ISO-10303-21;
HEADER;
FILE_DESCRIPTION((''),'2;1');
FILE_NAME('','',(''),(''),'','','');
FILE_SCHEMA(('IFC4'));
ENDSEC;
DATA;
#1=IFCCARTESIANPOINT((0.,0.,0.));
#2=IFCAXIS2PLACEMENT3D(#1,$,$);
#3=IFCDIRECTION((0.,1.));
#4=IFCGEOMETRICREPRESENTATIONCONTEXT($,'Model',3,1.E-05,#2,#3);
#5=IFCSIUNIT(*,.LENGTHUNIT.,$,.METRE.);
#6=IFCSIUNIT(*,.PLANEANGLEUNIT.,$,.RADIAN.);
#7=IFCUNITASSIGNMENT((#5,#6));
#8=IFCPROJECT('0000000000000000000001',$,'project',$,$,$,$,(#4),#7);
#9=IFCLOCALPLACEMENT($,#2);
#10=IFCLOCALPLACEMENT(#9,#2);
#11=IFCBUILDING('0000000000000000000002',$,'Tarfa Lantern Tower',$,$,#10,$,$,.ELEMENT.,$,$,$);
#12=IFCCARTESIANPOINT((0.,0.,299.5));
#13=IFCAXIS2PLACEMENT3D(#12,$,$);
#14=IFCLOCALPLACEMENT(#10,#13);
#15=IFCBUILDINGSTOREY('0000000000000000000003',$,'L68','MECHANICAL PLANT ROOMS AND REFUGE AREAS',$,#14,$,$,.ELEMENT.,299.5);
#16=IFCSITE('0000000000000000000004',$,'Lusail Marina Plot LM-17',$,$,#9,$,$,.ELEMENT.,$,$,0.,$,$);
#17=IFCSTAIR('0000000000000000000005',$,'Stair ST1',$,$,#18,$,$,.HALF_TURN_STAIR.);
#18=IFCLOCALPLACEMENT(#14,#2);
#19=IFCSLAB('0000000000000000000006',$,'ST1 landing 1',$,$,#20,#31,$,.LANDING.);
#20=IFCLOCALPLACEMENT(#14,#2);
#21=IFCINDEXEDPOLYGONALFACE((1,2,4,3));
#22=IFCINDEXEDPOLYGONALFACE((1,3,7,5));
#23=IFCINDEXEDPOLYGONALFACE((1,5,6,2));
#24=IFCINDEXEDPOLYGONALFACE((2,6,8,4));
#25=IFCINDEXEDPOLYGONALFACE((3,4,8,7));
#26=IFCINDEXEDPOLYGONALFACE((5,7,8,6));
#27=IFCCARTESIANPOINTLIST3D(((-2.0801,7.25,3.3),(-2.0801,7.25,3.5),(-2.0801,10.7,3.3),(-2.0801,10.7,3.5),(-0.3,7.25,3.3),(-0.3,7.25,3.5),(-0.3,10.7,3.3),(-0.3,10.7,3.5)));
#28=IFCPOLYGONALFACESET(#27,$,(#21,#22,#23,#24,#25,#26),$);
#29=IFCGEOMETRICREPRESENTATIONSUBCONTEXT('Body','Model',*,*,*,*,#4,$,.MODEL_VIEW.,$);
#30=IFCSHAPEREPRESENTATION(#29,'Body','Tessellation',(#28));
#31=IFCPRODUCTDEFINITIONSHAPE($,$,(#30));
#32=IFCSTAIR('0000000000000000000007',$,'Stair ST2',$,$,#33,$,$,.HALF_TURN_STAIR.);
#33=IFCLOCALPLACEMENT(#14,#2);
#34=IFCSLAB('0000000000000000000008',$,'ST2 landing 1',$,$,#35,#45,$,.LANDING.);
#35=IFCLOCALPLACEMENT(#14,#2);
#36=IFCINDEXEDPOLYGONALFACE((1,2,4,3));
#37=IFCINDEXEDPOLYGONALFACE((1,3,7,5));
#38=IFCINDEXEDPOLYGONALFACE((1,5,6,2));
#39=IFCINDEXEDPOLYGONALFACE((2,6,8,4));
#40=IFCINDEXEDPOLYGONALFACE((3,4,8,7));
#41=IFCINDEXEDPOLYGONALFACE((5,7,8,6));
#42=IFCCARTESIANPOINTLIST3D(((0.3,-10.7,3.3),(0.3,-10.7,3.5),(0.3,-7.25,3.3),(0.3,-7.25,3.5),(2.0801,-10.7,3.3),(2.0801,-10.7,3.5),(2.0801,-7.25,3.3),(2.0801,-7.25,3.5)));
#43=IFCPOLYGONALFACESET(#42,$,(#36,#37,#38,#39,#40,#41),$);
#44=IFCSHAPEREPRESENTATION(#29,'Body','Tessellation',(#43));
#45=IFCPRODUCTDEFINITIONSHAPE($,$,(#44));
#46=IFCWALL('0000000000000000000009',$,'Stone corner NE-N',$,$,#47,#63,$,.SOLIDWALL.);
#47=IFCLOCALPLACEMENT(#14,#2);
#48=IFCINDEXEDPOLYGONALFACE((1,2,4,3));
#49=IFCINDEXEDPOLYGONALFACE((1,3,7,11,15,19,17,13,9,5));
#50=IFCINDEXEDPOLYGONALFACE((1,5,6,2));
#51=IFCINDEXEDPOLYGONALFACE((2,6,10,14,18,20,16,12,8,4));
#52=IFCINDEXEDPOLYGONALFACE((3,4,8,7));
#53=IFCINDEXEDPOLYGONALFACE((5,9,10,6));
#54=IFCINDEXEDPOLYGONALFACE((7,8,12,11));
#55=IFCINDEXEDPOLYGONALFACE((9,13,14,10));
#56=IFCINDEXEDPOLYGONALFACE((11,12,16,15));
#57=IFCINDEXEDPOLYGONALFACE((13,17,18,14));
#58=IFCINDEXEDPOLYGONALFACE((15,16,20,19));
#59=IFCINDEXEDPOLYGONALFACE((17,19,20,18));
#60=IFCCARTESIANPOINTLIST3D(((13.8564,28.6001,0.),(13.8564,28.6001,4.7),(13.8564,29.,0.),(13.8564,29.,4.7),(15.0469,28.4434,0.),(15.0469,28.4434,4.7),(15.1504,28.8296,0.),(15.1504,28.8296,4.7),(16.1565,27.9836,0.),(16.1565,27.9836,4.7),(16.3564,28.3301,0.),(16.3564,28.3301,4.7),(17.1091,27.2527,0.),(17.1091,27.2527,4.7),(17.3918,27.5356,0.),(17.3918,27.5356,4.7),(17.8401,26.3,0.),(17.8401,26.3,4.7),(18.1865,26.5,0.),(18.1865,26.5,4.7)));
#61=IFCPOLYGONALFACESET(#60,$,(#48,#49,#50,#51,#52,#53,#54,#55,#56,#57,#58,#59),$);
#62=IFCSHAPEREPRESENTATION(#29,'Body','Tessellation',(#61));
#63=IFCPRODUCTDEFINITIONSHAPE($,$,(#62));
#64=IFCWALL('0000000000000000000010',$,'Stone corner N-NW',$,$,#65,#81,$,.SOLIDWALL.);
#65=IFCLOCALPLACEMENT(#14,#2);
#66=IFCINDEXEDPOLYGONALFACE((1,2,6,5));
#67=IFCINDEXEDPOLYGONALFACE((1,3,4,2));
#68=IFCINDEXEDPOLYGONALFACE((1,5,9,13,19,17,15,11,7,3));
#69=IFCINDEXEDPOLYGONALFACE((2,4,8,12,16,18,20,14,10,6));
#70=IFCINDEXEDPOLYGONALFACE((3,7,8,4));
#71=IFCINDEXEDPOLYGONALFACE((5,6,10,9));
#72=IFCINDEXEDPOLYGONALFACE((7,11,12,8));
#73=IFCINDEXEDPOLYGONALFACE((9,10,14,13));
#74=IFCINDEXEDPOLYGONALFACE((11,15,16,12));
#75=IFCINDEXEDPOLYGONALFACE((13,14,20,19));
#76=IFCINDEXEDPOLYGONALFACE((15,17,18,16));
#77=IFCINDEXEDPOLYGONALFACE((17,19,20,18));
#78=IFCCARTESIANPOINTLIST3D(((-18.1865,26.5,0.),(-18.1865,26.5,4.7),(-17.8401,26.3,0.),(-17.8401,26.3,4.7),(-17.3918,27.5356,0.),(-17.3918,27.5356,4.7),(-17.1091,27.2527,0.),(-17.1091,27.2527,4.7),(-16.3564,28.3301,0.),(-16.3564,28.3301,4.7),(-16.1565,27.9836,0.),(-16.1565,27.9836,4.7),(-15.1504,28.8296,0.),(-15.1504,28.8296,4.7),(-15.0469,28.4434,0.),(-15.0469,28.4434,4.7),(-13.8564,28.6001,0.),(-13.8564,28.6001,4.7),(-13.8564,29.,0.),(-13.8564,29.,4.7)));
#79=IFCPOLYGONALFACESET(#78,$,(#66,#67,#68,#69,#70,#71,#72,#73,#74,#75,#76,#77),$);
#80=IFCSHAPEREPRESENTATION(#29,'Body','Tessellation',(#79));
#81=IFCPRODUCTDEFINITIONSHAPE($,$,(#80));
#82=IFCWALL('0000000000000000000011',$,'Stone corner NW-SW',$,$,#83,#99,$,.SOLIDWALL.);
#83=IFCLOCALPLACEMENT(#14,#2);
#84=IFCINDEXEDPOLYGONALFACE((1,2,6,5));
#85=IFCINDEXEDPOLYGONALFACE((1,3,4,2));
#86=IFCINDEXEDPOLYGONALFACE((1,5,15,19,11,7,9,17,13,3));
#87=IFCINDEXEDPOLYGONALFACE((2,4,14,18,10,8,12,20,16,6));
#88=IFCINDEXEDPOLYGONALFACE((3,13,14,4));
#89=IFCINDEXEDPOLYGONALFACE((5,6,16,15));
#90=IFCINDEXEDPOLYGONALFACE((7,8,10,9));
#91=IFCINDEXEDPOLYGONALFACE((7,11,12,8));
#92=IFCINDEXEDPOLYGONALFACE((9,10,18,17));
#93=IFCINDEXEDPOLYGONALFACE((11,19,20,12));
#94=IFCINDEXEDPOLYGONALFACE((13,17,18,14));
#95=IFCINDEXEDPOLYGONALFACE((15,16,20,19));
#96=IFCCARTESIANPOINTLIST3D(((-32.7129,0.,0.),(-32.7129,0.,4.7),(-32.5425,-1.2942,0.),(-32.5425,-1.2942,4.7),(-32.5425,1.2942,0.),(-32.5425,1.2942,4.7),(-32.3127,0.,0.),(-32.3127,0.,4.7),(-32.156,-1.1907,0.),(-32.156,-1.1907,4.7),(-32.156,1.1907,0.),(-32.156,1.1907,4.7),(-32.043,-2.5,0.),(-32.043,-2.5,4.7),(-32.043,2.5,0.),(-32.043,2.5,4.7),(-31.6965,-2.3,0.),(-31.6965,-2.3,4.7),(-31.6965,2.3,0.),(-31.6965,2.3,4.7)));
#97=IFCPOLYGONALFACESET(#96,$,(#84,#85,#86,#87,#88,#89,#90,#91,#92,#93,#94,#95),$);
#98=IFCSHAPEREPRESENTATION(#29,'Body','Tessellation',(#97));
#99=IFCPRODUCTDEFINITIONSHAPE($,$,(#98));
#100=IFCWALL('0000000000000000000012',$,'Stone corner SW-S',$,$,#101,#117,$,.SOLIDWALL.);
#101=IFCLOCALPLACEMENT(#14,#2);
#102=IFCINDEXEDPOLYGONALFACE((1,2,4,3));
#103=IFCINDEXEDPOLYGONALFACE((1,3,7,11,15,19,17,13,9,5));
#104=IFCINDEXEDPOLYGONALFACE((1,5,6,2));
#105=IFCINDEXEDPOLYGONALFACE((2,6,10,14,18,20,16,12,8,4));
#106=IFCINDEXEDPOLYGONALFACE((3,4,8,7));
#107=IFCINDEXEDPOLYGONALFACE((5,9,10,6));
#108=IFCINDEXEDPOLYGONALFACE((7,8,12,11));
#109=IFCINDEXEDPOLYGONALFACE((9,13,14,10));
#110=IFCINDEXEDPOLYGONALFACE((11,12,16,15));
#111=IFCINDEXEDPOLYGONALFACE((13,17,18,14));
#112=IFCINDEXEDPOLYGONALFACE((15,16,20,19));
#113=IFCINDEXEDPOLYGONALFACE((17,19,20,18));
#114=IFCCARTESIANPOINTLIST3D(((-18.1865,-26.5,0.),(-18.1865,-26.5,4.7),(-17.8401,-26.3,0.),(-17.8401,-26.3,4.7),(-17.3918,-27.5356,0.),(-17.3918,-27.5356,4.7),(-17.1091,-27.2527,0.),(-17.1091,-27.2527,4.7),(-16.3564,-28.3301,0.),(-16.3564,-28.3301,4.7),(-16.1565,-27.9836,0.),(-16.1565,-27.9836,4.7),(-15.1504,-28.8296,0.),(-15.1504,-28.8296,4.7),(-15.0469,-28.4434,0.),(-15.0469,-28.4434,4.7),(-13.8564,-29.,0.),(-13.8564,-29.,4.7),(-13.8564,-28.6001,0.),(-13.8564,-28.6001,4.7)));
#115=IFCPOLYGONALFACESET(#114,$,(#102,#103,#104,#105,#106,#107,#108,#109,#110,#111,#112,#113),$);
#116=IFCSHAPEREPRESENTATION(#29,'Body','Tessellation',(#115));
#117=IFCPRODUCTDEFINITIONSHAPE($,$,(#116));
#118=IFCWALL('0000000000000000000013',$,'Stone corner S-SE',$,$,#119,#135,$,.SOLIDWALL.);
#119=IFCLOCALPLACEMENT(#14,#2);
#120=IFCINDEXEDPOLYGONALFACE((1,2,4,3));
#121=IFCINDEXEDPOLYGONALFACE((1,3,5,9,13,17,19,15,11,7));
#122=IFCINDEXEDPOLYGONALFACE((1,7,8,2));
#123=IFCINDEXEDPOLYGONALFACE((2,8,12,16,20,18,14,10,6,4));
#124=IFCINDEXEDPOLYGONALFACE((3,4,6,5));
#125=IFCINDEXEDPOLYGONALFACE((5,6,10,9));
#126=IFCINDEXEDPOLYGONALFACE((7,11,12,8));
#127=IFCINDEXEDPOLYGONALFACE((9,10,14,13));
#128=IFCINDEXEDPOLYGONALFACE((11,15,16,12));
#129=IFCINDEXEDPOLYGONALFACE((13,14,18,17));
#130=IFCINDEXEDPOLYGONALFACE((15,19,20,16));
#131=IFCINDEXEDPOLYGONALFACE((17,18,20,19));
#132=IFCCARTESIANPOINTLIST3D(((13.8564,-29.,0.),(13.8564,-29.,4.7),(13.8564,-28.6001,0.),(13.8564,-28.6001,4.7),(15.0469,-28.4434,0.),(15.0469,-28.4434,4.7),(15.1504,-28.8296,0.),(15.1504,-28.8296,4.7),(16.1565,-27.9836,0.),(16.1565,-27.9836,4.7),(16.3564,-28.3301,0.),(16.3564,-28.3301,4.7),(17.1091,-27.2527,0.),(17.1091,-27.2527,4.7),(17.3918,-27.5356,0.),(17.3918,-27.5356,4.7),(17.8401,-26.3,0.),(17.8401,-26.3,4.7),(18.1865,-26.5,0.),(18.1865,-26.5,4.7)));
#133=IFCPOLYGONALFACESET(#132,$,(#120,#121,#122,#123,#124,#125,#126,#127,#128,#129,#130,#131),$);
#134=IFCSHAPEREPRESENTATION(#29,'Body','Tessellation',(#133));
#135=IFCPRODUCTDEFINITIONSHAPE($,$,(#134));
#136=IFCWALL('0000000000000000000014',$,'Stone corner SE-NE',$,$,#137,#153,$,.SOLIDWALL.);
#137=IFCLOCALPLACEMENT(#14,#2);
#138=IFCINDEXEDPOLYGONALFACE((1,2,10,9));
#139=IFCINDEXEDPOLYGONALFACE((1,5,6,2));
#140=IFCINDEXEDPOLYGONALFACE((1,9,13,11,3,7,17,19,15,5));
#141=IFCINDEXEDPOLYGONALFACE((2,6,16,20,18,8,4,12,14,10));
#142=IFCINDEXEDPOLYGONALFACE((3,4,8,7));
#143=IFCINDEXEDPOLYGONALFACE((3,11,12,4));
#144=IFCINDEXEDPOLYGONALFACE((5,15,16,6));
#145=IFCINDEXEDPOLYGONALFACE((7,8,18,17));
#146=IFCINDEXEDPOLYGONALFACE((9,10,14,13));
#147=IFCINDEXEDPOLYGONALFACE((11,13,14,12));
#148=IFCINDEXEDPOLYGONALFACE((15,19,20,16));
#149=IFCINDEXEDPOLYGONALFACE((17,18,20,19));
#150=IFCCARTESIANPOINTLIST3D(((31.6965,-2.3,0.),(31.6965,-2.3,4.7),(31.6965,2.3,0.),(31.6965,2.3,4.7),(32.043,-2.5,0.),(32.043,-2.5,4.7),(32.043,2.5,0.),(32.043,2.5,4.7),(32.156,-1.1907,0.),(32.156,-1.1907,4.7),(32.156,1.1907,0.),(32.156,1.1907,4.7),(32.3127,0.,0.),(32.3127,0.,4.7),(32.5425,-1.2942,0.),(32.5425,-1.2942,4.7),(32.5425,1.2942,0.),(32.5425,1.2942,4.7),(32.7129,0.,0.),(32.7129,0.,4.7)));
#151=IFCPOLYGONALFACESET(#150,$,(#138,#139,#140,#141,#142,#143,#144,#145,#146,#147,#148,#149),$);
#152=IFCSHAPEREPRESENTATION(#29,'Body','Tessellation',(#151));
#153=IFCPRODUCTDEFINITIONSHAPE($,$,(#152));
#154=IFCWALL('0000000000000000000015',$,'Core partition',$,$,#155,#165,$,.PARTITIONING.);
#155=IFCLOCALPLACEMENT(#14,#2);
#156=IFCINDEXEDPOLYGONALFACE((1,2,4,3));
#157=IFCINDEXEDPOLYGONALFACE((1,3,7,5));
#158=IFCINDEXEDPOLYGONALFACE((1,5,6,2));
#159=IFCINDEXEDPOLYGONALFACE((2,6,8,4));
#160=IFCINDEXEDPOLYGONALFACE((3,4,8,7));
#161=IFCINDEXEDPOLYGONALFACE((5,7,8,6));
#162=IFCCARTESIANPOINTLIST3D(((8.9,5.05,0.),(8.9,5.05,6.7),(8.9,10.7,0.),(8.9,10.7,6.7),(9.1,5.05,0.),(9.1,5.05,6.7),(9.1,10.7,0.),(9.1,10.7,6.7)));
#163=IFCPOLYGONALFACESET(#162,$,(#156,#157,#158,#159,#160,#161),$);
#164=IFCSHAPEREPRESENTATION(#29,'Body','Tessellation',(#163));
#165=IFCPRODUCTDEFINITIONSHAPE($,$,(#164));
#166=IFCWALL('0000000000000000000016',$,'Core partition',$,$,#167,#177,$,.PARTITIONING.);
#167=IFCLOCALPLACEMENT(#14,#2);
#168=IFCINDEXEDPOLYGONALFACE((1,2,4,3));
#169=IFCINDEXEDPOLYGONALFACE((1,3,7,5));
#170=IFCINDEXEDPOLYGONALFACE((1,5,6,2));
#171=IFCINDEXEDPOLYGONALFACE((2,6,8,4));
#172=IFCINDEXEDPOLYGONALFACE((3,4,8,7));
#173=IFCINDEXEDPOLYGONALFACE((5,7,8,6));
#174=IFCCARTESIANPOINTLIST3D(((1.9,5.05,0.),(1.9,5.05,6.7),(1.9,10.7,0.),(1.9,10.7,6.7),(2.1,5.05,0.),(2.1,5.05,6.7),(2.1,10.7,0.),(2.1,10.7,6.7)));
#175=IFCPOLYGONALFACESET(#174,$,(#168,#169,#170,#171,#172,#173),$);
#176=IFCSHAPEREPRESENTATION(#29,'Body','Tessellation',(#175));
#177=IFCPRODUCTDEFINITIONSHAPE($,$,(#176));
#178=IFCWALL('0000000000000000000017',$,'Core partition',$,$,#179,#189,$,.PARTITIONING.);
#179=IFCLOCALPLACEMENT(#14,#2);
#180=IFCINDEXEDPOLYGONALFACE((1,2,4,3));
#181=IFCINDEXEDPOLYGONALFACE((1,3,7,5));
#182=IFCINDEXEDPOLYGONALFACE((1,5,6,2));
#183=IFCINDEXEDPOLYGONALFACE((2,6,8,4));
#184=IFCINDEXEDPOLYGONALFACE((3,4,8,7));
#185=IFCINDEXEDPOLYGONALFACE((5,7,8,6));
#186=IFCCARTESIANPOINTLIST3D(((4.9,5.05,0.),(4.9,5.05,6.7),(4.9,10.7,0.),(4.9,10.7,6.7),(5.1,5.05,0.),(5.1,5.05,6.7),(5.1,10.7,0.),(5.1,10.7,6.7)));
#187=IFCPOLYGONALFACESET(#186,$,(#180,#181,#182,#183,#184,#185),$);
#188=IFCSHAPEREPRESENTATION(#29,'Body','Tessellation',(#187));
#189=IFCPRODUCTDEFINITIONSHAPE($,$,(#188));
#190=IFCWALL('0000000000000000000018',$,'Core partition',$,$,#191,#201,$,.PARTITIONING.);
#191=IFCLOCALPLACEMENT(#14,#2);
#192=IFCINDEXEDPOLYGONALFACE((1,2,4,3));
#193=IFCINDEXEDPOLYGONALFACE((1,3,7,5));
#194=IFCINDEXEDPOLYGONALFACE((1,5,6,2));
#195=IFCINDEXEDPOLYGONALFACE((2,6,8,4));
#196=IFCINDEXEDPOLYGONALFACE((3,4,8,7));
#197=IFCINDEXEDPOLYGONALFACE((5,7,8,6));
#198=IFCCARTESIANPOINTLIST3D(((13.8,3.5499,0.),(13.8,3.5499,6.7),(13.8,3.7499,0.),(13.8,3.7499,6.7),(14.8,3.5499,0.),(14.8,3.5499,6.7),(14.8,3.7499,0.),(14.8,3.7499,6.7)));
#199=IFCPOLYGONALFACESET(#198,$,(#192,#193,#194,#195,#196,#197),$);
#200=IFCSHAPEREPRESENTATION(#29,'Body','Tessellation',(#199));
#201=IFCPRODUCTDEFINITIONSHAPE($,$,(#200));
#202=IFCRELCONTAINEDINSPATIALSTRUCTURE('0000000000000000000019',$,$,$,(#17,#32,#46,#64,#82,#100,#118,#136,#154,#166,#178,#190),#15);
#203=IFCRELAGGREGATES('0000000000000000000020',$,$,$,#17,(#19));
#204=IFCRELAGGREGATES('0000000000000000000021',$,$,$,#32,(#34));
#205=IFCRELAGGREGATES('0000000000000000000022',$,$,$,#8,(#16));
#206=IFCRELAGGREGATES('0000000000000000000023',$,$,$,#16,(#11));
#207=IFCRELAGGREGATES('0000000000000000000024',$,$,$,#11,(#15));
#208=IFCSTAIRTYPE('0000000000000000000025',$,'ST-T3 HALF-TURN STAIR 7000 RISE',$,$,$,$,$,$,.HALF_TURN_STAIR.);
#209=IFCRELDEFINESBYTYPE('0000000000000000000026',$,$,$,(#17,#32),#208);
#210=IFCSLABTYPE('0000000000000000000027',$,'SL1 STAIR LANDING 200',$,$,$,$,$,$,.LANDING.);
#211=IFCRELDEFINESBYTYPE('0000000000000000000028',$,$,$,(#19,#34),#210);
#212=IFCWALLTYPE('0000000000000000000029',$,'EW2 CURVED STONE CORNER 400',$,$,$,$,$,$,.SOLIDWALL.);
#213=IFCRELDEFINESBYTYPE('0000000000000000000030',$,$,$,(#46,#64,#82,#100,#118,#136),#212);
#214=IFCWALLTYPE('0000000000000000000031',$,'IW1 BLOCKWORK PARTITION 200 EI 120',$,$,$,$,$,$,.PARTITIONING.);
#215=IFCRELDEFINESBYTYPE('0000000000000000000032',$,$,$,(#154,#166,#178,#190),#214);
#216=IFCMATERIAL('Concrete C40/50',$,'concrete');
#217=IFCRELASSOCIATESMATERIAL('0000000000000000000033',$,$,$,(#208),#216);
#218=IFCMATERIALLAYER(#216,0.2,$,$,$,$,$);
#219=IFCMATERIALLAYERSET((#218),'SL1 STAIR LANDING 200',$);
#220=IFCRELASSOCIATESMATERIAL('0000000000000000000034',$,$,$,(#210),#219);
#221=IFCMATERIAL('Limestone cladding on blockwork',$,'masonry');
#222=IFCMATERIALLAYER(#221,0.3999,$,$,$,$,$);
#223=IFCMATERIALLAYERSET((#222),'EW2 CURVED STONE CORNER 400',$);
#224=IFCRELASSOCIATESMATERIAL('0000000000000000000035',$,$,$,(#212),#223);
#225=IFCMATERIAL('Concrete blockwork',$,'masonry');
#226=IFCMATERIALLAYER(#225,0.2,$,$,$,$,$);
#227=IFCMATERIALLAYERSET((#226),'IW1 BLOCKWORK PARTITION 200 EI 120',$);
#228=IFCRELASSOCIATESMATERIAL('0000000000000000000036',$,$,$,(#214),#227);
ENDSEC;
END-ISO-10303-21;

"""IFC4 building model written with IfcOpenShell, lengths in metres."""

from ifc_helpers import new_model, si_unit, direction, frame, frame_2d, origin, place, context, subcontext, project, spatial, polyline, rectangle, outline, extrude, material, layer, layer_set, type_object, element, aggregate, save


model = new_model("IFC4")

# Units and contexts
model_context = context("Model", 3, precision=1e-05, world=origin(), true_north=direction((0.0, 1.0)))
body_context = subcontext(model_context, "Body", "Model", "MODEL_VIEW")
ifc_project = project(units=[si_unit("LENGTHUNIT", "METRE"), si_unit("PLANEANGLEUNIT", "RADIAN")], contexts=[model_context])

# Site, building, storey
site_placement = place(None, origin())
site = spatial("IfcSite", under=ifc_project, at=site_placement, Name="Lusail Marina Plot LM-17", CompositionType="ELEMENT", RefElevation=0.0)
building_placement = place(site_placement, origin())
building = spatial("IfcBuilding", under=site, at=building_placement, Name="Tarfa Lantern Tower", CompositionType="ELEMENT")
storey_placement = place(building_placement, frame((0.0, 0.0, 299.5)))
storey = spatial("IfcBuildingStorey", under=building, at=storey_placement, Name="L68", Description="MECHANICAL PLANT ROOMS AND REFUGE AREAS", CompositionType="ELEMENT", Elevation=299.5)

# Shared definitions
ifc_material_1 = material(Name="Concrete C40/50", Category="concrete")

# Stairs, slabs
stair_type = type_object("IfcStairType", Name="ST-T3 HALF-TURN STAIR 7000 RISE", PredefinedType="HALF_TURN_STAIR", material=ifc_material_1)
stair_1_placement = place(storey_placement, origin())
stair_1 = element("IfcStair", 1, at=stair_1_placement, inside=storey, type_object=stair_type, Name="Stair ST1", PredefinedType="HALF_TURN_STAIR")
ifc_layer_1 = layer(ifc_material_1, 0.2)
ifc_layer_set_1 = layer_set([ifc_layer_1], Name="SL1 STAIR LANDING 200")
slab_type_1 = type_object("IfcSlabType", Name="SL1 STAIR LANDING 200", PredefinedType="LANDING", material=ifc_layer_set_1)
slab_1_placement = place(storey_placement, frame((0.0, 0.0, 3.3)))
slab_1 = element("IfcSlab", 2, at=slab_1_placement, type_object=slab_type_1, Name="ST1 landing 1", PredefinedType="LANDING", context=body_context, shape_type="SweptSolid", body=[
    extrude(outline(polyline([(-2.0801, 7.25), (-0.3, 7.25), (-0.3, 10.7), (-2.0801, 10.7), (-2.0801, 7.25)])), origin(), (0.0, 0.0, 1.0), 0.2),
])
aggregate(stair_1, [slab_1])
stair_2_placement = place(storey_placement, origin())
stair_2 = element("IfcStair", 3, at=stair_2_placement, inside=storey, type_object=stair_type, Name="Stair ST2", PredefinedType="HALF_TURN_STAIR")
slab_2_placement = place(storey_placement, frame((0.0, 0.0, 3.3)))
slab_2 = element("IfcSlab", 4, at=slab_2_placement, type_object=slab_type_1, Name="ST2 landing 1", PredefinedType="LANDING", context=body_context, shape_type="SweptSolid", body=[
    extrude(outline(polyline([(2.0801, -7.25), (0.3, -7.25), (0.3, -10.7), (2.0801, -10.7), (2.0801, -7.25)])), origin(), (0.0, 0.0, 1.0), 0.2),
])
aggregate(stair_2, [slab_2])

# Walls
ifc_material_2 = material(Name="Limestone cladding on blockwork", Category="masonry")
ifc_layer_2 = layer(ifc_material_2, 0.3999)
ifc_layer_set_2 = layer_set([ifc_layer_2], Name="EW2 CURVED STONE CORNER 400")
wall_type_1 = type_object("IfcWallType", Name="EW2 CURVED STONE CORNER 400", PredefinedType="SOLIDWALL", material=ifc_layer_set_2)
wall_1_placement = place(storey_placement, origin())
element("IfcWall", 5, at=wall_1_placement, inside=storey, type_object=wall_type_1, Name="Stone corner NE-N", PredefinedType="SOLIDWALL", context=body_context, shape_type="SweptSolid", body=[
    extrude(outline(polyline([(18.1865, 26.5), (17.3918, 27.5356), (16.3564, 28.3301), (15.1504, 28.8296), (13.8564, 29.0), (13.8564, 28.6001), (15.0469, 28.4434), (16.1565, 27.9836), (17.1091, 27.2527), (17.8401, 26.3), (18.1865, 26.5)])), origin(), (0.0, 0.0, 1.0), 4.7),
])
wall_2_placement = place(storey_placement, origin())
element("IfcWall", 6, at=wall_2_placement, inside=storey, type_object=wall_type_1, Name="Stone corner N-NW", PredefinedType="SOLIDWALL", context=body_context, shape_type="SweptSolid", body=[
    extrude(outline(polyline([(-13.8564, 29.0), (-15.1504, 28.8296), (-16.3564, 28.3301), (-17.3918, 27.5356), (-18.1865, 26.5), (-17.8401, 26.3), (-17.1091, 27.2527), (-16.1565, 27.9836), (-15.0469, 28.4434), (-13.8564, 28.6001), (-13.8564, 29.0)])), origin(), (0.0, 0.0, 1.0), 4.7),
])
wall_3_placement = place(storey_placement, origin())
element("IfcWall", 7, at=wall_3_placement, inside=storey, type_object=wall_type_1, Name="Stone corner NW-SW", PredefinedType="SOLIDWALL", context=body_context, shape_type="SweptSolid", body=[
    extrude(outline(polyline([(-32.043, 2.5), (-32.5425, 1.2942), (-32.7129, 0.0), (-32.5425, -1.2942), (-32.043, -2.5), (-31.6965, -2.3), (-32.156, -1.1907), (-32.3127, 0.0), (-32.156, 1.1907), (-31.6965, 2.3), (-32.043, 2.5)])), origin(), (0.0, 0.0, 1.0), 4.7),
])
wall_4_placement = place(storey_placement, origin())
element("IfcWall", 8, at=wall_4_placement, inside=storey, type_object=wall_type_1, Name="Stone corner SW-S", PredefinedType="SOLIDWALL", context=body_context, shape_type="SweptSolid", body=[
    extrude(outline(polyline([(-18.1865, -26.5), (-17.3918, -27.5356), (-16.3564, -28.3301), (-15.1504, -28.8296), (-13.8564, -29.0), (-13.8564, -28.6001), (-15.0469, -28.4434), (-16.1565, -27.9836), (-17.1091, -27.2527), (-17.8401, -26.3), (-18.1865, -26.5)])), origin(), (0.0, 0.0, 1.0), 4.7),
])
wall_5_placement = place(storey_placement, origin())
element("IfcWall", 9, at=wall_5_placement, inside=storey, type_object=wall_type_1, Name="Stone corner S-SE", PredefinedType="SOLIDWALL", context=body_context, shape_type="SweptSolid", body=[
    extrude(outline(polyline([(13.8564, -29.0), (15.1504, -28.8296), (16.3564, -28.3301), (17.3918, -27.5356), (18.1865, -26.5), (17.8401, -26.3), (17.1091, -27.2527), (16.1565, -27.9836), (15.0469, -28.4434), (13.8564, -28.6001), (13.8564, -29.0)])), origin(), (0.0, 0.0, 1.0), 4.7),
])
wall_6_placement = place(storey_placement, origin())
element("IfcWall", 10, at=wall_6_placement, inside=storey, type_object=wall_type_1, Name="Stone corner SE-NE", PredefinedType="SOLIDWALL", context=body_context, shape_type="SweptSolid", body=[
    extrude(outline(polyline([(32.043, -2.5), (32.5425, -1.2942), (32.7129, 0.0), (32.5425, 1.2942), (32.043, 2.5), (31.6965, 2.3), (32.156, 1.1907), (32.3127, 0.0), (32.156, -1.1907), (31.6965, -2.3), (32.043, -2.5)])), origin(), (0.0, 0.0, 1.0), 4.7),
])
ifc_material_3 = material(Name="Concrete blockwork", Category="masonry")
ifc_layer_3 = layer(ifc_material_3, 0.2)
ifc_layer_set_3 = layer_set([ifc_layer_3], Name="IW1 BLOCKWORK PARTITION 200 EI 120")
wall_type_2 = type_object("IfcWallType", Name="IW1 BLOCKWORK PARTITION 200 EI 120", PredefinedType="PARTITIONING", material=ifc_layer_set_3)
for number, where, z_axis, x_axis, name in (
    (11, (9.0, 5.05, 0.0), (0.0, 0.0, 1.0), (0.0, 1.0, 0.0), "Core partition"),
    (12, (2.0, 5.05, 0.0), (0.0, 0.0, 1.0), (0.0, 1.0, 0.0), "Core partition"),
    (13, (5.0, 5.05, 0.0), (0.0, 0.0, 1.0), (0.0, 1.0, 0.0), "Core partition"),
):
    element("IfcWall", number, at=place(storey_placement, frame(where, z_axis=z_axis, x_axis=x_axis)), inside=storey, type_object=wall_type_2, Name=name, PredefinedType="PARTITIONING", context=body_context, shape_type="SweptSolid", body=[
        extrude(rectangle(XDim=5.6499, YDim=0.2, at=frame_2d((2.825, 0.0))), origin(), (0.0, 0.0, 1.0), 6.7),
    ])
for number, where, z_axis, x_axis, name in (
    (14, (13.8, 3.6499, 0.0), (0.0, 0.0, 1.0), (1.0, 0.0, 0.0), "Core partition"),
):
    element("IfcWall", number, at=place(storey_placement, frame(where, z_axis=z_axis, x_axis=x_axis)), inside=storey, type_object=wall_type_2, Name=name, PredefinedType="PARTITIONING", context=body_context, shape_type="SweptSolid", body=[
        extrude(rectangle(XDim=1.0, YDim=0.2, at=frame_2d((0.5, 0.0))), origin(), (0.0, 0.0, 1.0), 6.7),
    ])

save(model, "model.ifc")
